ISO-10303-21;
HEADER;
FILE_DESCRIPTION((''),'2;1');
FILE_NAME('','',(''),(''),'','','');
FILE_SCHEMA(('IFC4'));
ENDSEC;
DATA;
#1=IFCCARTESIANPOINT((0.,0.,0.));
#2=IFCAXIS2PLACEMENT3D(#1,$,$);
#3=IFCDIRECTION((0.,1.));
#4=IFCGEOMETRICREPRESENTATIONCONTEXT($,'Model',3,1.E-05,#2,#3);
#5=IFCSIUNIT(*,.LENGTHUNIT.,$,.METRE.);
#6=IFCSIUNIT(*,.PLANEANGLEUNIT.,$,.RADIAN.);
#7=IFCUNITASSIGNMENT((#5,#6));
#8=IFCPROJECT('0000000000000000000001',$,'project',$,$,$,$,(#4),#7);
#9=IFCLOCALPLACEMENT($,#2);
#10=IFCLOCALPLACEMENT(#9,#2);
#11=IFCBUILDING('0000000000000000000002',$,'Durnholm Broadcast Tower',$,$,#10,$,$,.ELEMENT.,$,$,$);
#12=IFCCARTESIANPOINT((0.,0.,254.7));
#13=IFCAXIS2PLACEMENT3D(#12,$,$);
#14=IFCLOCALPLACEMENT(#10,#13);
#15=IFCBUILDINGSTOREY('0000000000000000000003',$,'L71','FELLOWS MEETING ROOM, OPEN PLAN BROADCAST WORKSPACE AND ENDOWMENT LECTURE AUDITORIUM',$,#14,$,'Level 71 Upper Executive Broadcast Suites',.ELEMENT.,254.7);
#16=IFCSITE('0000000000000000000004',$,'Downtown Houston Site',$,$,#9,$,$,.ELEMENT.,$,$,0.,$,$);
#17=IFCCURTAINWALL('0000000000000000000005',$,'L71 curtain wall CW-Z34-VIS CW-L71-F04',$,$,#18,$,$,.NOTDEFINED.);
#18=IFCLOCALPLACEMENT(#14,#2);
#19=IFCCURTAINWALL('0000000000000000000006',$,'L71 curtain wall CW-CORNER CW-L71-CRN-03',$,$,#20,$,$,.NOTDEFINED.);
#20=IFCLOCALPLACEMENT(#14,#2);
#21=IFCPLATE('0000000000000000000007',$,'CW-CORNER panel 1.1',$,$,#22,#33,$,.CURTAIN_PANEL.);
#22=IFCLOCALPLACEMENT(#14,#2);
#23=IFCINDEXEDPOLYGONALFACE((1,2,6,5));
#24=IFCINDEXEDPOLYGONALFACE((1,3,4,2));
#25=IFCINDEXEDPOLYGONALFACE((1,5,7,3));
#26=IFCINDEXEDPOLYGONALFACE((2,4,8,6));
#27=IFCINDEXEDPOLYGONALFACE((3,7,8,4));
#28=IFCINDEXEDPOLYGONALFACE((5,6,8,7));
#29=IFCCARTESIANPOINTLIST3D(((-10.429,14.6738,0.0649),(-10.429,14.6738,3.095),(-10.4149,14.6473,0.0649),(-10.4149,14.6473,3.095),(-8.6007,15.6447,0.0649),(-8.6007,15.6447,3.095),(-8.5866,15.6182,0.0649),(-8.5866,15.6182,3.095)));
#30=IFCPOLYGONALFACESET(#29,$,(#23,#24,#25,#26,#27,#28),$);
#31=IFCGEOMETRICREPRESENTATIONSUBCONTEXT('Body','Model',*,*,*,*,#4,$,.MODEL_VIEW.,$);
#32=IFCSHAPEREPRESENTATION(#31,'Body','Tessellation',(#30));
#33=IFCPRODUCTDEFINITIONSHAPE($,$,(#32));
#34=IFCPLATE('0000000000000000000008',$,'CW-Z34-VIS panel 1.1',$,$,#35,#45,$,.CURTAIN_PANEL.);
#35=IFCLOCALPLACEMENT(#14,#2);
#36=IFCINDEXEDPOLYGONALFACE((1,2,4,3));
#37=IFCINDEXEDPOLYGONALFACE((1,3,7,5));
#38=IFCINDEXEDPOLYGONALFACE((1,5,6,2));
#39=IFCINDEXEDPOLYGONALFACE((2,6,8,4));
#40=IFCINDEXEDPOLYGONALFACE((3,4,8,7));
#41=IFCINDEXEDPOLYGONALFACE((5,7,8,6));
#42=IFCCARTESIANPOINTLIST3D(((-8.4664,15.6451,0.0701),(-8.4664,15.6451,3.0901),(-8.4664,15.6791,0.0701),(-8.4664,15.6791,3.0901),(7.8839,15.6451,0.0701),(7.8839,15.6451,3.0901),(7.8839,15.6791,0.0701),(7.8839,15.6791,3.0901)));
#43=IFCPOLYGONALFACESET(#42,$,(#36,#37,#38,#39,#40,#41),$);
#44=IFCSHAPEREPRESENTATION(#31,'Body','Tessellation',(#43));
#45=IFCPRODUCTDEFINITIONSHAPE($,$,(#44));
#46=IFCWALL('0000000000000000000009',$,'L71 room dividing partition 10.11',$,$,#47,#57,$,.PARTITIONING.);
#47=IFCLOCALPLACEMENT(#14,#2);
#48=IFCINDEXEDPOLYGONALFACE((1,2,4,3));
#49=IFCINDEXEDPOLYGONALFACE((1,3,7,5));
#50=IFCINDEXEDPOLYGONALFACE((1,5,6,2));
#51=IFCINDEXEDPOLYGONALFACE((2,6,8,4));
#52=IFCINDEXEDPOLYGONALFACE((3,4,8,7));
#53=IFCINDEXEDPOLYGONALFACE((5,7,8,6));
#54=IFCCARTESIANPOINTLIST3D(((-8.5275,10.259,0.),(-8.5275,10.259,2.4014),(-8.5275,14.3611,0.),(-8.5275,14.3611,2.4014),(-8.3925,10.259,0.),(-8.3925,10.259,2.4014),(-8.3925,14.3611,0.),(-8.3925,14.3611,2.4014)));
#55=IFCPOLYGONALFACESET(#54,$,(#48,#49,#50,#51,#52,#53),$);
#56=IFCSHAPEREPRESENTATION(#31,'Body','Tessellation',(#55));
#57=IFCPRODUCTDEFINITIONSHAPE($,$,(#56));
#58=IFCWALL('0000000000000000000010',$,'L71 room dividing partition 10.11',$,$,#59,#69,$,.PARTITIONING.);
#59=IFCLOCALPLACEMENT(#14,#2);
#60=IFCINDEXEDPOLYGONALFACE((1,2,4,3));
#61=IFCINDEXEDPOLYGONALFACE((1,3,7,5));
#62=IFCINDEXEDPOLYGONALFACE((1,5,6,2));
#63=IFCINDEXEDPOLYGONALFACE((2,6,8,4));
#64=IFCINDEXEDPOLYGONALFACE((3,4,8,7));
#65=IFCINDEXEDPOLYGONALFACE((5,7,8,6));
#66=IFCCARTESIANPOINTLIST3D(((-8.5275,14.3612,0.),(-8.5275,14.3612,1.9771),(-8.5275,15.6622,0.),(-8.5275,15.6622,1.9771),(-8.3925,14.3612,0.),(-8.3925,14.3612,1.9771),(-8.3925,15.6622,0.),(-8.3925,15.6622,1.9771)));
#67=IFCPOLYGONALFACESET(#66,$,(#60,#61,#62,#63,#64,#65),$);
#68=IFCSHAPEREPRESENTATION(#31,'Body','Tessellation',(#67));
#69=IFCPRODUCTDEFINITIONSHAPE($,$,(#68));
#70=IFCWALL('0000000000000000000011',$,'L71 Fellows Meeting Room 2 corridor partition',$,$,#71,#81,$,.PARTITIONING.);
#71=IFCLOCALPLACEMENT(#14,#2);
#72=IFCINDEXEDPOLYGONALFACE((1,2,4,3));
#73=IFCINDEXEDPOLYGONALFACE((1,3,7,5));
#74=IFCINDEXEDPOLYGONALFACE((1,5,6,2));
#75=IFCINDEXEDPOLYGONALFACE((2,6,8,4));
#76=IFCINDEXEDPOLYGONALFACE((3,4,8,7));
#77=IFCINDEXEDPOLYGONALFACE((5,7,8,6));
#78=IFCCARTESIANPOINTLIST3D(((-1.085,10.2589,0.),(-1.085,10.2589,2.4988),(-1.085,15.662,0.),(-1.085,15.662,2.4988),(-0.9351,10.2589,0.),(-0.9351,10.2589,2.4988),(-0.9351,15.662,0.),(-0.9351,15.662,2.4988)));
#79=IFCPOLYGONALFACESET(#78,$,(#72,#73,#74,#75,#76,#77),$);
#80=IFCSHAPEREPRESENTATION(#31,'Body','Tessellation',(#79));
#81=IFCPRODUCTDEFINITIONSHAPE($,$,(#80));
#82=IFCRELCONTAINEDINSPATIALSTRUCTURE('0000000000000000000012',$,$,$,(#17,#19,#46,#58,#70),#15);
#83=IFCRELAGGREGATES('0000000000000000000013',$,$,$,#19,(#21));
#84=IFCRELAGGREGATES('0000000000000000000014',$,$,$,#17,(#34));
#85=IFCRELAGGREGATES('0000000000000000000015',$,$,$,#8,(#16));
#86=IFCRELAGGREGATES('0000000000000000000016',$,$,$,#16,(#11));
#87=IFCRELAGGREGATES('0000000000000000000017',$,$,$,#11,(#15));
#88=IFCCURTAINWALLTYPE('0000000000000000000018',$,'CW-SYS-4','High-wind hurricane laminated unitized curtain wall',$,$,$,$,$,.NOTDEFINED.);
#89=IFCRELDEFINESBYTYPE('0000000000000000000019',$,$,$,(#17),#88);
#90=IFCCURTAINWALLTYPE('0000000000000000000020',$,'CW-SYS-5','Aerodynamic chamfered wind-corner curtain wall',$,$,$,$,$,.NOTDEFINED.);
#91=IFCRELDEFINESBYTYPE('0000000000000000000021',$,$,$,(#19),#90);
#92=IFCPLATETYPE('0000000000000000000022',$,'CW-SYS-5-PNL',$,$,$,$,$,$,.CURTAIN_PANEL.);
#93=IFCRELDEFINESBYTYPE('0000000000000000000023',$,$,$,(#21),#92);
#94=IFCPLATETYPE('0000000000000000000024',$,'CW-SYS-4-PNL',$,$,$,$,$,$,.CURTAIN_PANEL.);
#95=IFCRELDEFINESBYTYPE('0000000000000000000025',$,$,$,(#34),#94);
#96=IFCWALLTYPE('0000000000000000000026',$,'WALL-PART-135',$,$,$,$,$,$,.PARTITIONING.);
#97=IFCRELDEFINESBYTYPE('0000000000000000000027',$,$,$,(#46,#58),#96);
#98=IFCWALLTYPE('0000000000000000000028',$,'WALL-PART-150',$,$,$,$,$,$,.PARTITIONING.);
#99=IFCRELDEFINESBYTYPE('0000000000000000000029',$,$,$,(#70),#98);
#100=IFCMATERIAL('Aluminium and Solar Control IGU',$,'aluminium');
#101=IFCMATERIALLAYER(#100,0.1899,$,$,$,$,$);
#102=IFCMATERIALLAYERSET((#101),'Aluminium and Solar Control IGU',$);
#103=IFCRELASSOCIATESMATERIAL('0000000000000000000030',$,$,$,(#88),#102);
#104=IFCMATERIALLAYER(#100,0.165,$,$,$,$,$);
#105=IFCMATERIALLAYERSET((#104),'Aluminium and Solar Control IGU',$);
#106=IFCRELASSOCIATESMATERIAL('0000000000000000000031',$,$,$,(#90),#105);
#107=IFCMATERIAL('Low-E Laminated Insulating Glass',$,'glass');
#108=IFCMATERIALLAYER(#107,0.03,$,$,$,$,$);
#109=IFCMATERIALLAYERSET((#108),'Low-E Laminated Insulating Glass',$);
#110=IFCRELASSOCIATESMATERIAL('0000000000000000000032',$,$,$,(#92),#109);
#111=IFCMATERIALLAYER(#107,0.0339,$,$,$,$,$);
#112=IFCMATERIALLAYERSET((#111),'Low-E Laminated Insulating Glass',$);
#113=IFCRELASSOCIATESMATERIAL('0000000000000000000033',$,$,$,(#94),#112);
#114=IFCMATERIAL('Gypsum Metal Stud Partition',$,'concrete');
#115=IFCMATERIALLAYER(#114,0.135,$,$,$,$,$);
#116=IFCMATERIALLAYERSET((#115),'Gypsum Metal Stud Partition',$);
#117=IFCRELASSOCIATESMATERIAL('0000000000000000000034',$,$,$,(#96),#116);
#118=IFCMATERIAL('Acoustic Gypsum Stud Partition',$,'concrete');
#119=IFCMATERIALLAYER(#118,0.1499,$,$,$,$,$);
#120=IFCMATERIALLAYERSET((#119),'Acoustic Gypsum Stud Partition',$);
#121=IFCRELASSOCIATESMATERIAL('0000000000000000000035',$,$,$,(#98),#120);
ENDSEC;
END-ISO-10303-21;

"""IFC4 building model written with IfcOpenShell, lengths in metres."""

from ifc_helpers import new_model, si_unit, direction, frame, frame_2d, origin, origin_2d, place, context, subcontext, project, spatial, rectangle, extrude, source, transform, mapped, material, layer, layer_set, type_object, type_shapes, element, aggregate, save


model = new_model("IFC4")

# Units and contexts
model_context = context("Model", 3, precision=1e-05, world=origin(), true_north=direction((0.0, 1.0)))
body_context = subcontext(model_context, "Body", "Model", "MODEL_VIEW")
ifc_project = project(units=[si_unit("LENGTHUNIT", "METRE"), si_unit("PLANEANGLEUNIT", "RADIAN")], contexts=[model_context])

# Site, building, storey
site_placement = place(None, origin())
site = spatial("IfcSite", under=ifc_project, at=site_placement, Name="Downtown Houston Site", CompositionType="ELEMENT", RefElevation=0.0)
building_placement = place(site_placement, origin())
building = spatial("IfcBuilding", under=site, at=building_placement, Name="Durnholm Broadcast Tower", CompositionType="ELEMENT")
storey_placement = place(building_placement, frame((0.0, 0.0, 254.7)))
storey = spatial("IfcBuildingStorey", under=building, at=storey_placement, Name="L71", Description="FELLOWS MEETING ROOM, OPEN PLAN BROADCAST WORKSPACE AND ENDOWMENT LECTURE AUDITORIUM", LongName="Level 71 Upper Executive Broadcast Suites", CompositionType="ELEMENT", Elevation=254.7)

# Curtain wall
ifc_material_1 = material(Name="Aluminium and Solar Control IGU", Category="aluminium")
ifc_layer_1 = layer(ifc_material_1, 0.1899)
ifc_layer_set_1 = layer_set([ifc_layer_1], Name="Aluminium and Solar Control IGU")
curtain_wall_type_1 = type_object("IfcCurtainWallType", Name="CW-SYS-4", Description="High-wind hurricane laminated unitized curtain wall", PredefinedType="NOTDEFINED", material=ifc_layer_set_1)
curtain_wall_1_placement = place(storey_placement, origin())
curtain_wall_1 = element("IfcCurtainWall", 1, at=curtain_wall_1_placement, inside=storey, type_object=curtain_wall_type_1, Name="L71 curtain wall CW-Z34-VIS CW-L71-F04", PredefinedType="NOTDEFINED")

# Curtain wall
ifc_layer_2 = layer(ifc_material_1, 0.165)
ifc_layer_set_2 = layer_set([ifc_layer_2], Name="Aluminium and Solar Control IGU")
curtain_wall_type_2 = type_object("IfcCurtainWallType", Name="CW-SYS-5", Description="Aerodynamic chamfered wind-corner curtain wall", PredefinedType="NOTDEFINED", material=ifc_layer_set_2)
curtain_wall_2_placement = place(storey_placement, origin())
curtain_wall_2 = element("IfcCurtainWall", 2, at=curtain_wall_2_placement, inside=storey, type_object=curtain_wall_type_2, Name="L71 curtain wall CW-CORNER CW-L71-CRN-03", PredefinedType="NOTDEFINED")

# Plates
ifc_material_2 = material(Name="Low-E Laminated Insulating Glass", Category="glass")
ifc_layer_3 = layer(ifc_material_2, 0.03)
ifc_layer_set_3 = layer_set([ifc_layer_3], Name="Low-E Laminated Insulating Glass")
plate_type_1 = type_object("IfcPlateType", Name="CW-SYS-5-PNL", PredefinedType="CURTAIN_PANEL", material=ifc_layer_set_3)
shared_shape_1 = source(origin(), body_context, "Body", "SweptSolid", [
    extrude(rectangle(XDim=2.0701, YDim=0.03, at=origin_2d()), origin(), (0.0, 0.0, 1.0), 3.03),
])
type_shapes(plate_type_1, [shared_shape_1])
plate_1_placement = place(storey_placement, frame((-9.5078, 15.146, 0.0649), z_axis=(0.0, 0.0, 1.0), x_axis=(0.883195, 0.469007, 0.0)))
plate_1 = element("IfcPlate", 3, at=plate_1_placement, type_object=plate_type_1, Name="CW-CORNER panel 1.1", PredefinedType="CURTAIN_PANEL", context=body_context, shape_type="MappedRepresentation", body=[
    mapped(shared_shape_1, transform((0.0, 0.0, 0.0), x_axis=(1.0, 0.0, 0.0), y_axis=(0.0, 1.0, 0.0), z_axis=(0.0, 0.0, 1.0), scale=1.0)),
])
aggregate(curtain_wall_2, [plate_1])
ifc_layer_4 = layer(ifc_material_2, 0.0339)
ifc_layer_set_4 = layer_set([ifc_layer_4], Name="Low-E Laminated Insulating Glass")
plate_type_2 = type_object("IfcPlateType", Name="CW-SYS-4-PNL", PredefinedType="CURTAIN_PANEL", material=ifc_layer_set_4)
shared_shape_2 = source(origin(), body_context, "Body", "SweptSolid", [
    extrude(rectangle(XDim=16.3503, YDim=0.0339, at=origin_2d()), origin(), (0.0, 0.0, 1.0), 3.02),
])
type_shapes(plate_type_2, [shared_shape_2])
plate_2_placement = place(storey_placement, frame((-0.2913, 15.6621, 0.0701), z_axis=(0.0, 0.0, 1.0), x_axis=(1.0, 0.0, 0.0)))
plate_2 = element("IfcPlate", 4, at=plate_2_placement, type_object=plate_type_2, Name="CW-Z34-VIS panel 1.1", PredefinedType="CURTAIN_PANEL", context=body_context, shape_type="MappedRepresentation", body=[
    mapped(shared_shape_2, transform((0.0, 0.0, 0.0), x_axis=(1.0, 0.0, 0.0), y_axis=(0.0, 1.0, 0.0), z_axis=(0.0, 0.0, 1.0), scale=1.0)),
])
aggregate(curtain_wall_1, [plate_2])

# Walls
ifc_material_3 = material(Name="Gypsum Metal Stud Partition", Category="concrete")
ifc_layer_5 = layer(ifc_material_3, 0.135)
ifc_layer_set_5 = layer_set([ifc_layer_5], Name="Gypsum Metal Stud Partition")
wall_type_1 = type_object("IfcWallType", Name="WALL-PART-135", PredefinedType="PARTITIONING", material=ifc_layer_set_5)
wall_1_placement = place(storey_placement, frame((-8.46, 14.3611, 0.0), z_axis=(0.0, 0.0, 1.0), x_axis=(0.0, -1.0, 0.0)))
element("IfcWall", 5, at=wall_1_placement, inside=storey, type_object=wall_type_1, Name="L71 room dividing partition 10.11", PredefinedType="PARTITIONING", context=body_context, shape_type="SweptSolid", body=[
    extrude(rectangle(XDim=4.1021, YDim=0.135, at=frame_2d((2.051, 0.0))), origin(), (0.0, 0.0, 1.0), 2.4014),
])
wall_2_placement = place(storey_placement, frame((-8.46, 15.6621, 0.0), z_axis=(0.0, 0.0, 1.0), x_axis=(0.0, -1.0, 0.0)))
element("IfcWall", 6, at=wall_2_placement, inside=storey, type_object=wall_type_1, Name="L71 room dividing partition 10.11", PredefinedType="PARTITIONING", context=body_context, shape_type="SweptSolid", body=[
    extrude(rectangle(XDim=1.301, YDim=0.135, at=frame_2d((0.6504, 0.0))), origin(), (0.0, 0.0, 1.0), 1.9771),
])
ifc_material_4 = material(Name="Acoustic Gypsum Stud Partition", Category="concrete")
ifc_layer_6 = layer(ifc_material_4, 0.1499)
ifc_layer_set_6 = layer_set([ifc_layer_6], Name="Acoustic Gypsum Stud Partition")
wall_type_2 = type_object("IfcWallType", Name="WALL-PART-150", PredefinedType="PARTITIONING", material=ifc_layer_set_6)
wall_3_placement = place(storey_placement, frame((-1.01, 15.6621, 0.0), z_axis=(0.0, 0.0, 1.0), x_axis=(0.0, -1.0, 0.0)))
element("IfcWall", 7, at=wall_3_placement, inside=storey, type_object=wall_type_2, Name="L71 Fellows Meeting Room 2 corridor partition", PredefinedType="PARTITIONING", context=body_context, shape_type="SweptSolid", body=[
    extrude(rectangle(XDim=5.4031, YDim=0.1499, at=frame_2d((2.7017, 0.0))), origin(), (0.0, 0.0, 1.0), 2.4988),
])

save(model, "model.ifc")
